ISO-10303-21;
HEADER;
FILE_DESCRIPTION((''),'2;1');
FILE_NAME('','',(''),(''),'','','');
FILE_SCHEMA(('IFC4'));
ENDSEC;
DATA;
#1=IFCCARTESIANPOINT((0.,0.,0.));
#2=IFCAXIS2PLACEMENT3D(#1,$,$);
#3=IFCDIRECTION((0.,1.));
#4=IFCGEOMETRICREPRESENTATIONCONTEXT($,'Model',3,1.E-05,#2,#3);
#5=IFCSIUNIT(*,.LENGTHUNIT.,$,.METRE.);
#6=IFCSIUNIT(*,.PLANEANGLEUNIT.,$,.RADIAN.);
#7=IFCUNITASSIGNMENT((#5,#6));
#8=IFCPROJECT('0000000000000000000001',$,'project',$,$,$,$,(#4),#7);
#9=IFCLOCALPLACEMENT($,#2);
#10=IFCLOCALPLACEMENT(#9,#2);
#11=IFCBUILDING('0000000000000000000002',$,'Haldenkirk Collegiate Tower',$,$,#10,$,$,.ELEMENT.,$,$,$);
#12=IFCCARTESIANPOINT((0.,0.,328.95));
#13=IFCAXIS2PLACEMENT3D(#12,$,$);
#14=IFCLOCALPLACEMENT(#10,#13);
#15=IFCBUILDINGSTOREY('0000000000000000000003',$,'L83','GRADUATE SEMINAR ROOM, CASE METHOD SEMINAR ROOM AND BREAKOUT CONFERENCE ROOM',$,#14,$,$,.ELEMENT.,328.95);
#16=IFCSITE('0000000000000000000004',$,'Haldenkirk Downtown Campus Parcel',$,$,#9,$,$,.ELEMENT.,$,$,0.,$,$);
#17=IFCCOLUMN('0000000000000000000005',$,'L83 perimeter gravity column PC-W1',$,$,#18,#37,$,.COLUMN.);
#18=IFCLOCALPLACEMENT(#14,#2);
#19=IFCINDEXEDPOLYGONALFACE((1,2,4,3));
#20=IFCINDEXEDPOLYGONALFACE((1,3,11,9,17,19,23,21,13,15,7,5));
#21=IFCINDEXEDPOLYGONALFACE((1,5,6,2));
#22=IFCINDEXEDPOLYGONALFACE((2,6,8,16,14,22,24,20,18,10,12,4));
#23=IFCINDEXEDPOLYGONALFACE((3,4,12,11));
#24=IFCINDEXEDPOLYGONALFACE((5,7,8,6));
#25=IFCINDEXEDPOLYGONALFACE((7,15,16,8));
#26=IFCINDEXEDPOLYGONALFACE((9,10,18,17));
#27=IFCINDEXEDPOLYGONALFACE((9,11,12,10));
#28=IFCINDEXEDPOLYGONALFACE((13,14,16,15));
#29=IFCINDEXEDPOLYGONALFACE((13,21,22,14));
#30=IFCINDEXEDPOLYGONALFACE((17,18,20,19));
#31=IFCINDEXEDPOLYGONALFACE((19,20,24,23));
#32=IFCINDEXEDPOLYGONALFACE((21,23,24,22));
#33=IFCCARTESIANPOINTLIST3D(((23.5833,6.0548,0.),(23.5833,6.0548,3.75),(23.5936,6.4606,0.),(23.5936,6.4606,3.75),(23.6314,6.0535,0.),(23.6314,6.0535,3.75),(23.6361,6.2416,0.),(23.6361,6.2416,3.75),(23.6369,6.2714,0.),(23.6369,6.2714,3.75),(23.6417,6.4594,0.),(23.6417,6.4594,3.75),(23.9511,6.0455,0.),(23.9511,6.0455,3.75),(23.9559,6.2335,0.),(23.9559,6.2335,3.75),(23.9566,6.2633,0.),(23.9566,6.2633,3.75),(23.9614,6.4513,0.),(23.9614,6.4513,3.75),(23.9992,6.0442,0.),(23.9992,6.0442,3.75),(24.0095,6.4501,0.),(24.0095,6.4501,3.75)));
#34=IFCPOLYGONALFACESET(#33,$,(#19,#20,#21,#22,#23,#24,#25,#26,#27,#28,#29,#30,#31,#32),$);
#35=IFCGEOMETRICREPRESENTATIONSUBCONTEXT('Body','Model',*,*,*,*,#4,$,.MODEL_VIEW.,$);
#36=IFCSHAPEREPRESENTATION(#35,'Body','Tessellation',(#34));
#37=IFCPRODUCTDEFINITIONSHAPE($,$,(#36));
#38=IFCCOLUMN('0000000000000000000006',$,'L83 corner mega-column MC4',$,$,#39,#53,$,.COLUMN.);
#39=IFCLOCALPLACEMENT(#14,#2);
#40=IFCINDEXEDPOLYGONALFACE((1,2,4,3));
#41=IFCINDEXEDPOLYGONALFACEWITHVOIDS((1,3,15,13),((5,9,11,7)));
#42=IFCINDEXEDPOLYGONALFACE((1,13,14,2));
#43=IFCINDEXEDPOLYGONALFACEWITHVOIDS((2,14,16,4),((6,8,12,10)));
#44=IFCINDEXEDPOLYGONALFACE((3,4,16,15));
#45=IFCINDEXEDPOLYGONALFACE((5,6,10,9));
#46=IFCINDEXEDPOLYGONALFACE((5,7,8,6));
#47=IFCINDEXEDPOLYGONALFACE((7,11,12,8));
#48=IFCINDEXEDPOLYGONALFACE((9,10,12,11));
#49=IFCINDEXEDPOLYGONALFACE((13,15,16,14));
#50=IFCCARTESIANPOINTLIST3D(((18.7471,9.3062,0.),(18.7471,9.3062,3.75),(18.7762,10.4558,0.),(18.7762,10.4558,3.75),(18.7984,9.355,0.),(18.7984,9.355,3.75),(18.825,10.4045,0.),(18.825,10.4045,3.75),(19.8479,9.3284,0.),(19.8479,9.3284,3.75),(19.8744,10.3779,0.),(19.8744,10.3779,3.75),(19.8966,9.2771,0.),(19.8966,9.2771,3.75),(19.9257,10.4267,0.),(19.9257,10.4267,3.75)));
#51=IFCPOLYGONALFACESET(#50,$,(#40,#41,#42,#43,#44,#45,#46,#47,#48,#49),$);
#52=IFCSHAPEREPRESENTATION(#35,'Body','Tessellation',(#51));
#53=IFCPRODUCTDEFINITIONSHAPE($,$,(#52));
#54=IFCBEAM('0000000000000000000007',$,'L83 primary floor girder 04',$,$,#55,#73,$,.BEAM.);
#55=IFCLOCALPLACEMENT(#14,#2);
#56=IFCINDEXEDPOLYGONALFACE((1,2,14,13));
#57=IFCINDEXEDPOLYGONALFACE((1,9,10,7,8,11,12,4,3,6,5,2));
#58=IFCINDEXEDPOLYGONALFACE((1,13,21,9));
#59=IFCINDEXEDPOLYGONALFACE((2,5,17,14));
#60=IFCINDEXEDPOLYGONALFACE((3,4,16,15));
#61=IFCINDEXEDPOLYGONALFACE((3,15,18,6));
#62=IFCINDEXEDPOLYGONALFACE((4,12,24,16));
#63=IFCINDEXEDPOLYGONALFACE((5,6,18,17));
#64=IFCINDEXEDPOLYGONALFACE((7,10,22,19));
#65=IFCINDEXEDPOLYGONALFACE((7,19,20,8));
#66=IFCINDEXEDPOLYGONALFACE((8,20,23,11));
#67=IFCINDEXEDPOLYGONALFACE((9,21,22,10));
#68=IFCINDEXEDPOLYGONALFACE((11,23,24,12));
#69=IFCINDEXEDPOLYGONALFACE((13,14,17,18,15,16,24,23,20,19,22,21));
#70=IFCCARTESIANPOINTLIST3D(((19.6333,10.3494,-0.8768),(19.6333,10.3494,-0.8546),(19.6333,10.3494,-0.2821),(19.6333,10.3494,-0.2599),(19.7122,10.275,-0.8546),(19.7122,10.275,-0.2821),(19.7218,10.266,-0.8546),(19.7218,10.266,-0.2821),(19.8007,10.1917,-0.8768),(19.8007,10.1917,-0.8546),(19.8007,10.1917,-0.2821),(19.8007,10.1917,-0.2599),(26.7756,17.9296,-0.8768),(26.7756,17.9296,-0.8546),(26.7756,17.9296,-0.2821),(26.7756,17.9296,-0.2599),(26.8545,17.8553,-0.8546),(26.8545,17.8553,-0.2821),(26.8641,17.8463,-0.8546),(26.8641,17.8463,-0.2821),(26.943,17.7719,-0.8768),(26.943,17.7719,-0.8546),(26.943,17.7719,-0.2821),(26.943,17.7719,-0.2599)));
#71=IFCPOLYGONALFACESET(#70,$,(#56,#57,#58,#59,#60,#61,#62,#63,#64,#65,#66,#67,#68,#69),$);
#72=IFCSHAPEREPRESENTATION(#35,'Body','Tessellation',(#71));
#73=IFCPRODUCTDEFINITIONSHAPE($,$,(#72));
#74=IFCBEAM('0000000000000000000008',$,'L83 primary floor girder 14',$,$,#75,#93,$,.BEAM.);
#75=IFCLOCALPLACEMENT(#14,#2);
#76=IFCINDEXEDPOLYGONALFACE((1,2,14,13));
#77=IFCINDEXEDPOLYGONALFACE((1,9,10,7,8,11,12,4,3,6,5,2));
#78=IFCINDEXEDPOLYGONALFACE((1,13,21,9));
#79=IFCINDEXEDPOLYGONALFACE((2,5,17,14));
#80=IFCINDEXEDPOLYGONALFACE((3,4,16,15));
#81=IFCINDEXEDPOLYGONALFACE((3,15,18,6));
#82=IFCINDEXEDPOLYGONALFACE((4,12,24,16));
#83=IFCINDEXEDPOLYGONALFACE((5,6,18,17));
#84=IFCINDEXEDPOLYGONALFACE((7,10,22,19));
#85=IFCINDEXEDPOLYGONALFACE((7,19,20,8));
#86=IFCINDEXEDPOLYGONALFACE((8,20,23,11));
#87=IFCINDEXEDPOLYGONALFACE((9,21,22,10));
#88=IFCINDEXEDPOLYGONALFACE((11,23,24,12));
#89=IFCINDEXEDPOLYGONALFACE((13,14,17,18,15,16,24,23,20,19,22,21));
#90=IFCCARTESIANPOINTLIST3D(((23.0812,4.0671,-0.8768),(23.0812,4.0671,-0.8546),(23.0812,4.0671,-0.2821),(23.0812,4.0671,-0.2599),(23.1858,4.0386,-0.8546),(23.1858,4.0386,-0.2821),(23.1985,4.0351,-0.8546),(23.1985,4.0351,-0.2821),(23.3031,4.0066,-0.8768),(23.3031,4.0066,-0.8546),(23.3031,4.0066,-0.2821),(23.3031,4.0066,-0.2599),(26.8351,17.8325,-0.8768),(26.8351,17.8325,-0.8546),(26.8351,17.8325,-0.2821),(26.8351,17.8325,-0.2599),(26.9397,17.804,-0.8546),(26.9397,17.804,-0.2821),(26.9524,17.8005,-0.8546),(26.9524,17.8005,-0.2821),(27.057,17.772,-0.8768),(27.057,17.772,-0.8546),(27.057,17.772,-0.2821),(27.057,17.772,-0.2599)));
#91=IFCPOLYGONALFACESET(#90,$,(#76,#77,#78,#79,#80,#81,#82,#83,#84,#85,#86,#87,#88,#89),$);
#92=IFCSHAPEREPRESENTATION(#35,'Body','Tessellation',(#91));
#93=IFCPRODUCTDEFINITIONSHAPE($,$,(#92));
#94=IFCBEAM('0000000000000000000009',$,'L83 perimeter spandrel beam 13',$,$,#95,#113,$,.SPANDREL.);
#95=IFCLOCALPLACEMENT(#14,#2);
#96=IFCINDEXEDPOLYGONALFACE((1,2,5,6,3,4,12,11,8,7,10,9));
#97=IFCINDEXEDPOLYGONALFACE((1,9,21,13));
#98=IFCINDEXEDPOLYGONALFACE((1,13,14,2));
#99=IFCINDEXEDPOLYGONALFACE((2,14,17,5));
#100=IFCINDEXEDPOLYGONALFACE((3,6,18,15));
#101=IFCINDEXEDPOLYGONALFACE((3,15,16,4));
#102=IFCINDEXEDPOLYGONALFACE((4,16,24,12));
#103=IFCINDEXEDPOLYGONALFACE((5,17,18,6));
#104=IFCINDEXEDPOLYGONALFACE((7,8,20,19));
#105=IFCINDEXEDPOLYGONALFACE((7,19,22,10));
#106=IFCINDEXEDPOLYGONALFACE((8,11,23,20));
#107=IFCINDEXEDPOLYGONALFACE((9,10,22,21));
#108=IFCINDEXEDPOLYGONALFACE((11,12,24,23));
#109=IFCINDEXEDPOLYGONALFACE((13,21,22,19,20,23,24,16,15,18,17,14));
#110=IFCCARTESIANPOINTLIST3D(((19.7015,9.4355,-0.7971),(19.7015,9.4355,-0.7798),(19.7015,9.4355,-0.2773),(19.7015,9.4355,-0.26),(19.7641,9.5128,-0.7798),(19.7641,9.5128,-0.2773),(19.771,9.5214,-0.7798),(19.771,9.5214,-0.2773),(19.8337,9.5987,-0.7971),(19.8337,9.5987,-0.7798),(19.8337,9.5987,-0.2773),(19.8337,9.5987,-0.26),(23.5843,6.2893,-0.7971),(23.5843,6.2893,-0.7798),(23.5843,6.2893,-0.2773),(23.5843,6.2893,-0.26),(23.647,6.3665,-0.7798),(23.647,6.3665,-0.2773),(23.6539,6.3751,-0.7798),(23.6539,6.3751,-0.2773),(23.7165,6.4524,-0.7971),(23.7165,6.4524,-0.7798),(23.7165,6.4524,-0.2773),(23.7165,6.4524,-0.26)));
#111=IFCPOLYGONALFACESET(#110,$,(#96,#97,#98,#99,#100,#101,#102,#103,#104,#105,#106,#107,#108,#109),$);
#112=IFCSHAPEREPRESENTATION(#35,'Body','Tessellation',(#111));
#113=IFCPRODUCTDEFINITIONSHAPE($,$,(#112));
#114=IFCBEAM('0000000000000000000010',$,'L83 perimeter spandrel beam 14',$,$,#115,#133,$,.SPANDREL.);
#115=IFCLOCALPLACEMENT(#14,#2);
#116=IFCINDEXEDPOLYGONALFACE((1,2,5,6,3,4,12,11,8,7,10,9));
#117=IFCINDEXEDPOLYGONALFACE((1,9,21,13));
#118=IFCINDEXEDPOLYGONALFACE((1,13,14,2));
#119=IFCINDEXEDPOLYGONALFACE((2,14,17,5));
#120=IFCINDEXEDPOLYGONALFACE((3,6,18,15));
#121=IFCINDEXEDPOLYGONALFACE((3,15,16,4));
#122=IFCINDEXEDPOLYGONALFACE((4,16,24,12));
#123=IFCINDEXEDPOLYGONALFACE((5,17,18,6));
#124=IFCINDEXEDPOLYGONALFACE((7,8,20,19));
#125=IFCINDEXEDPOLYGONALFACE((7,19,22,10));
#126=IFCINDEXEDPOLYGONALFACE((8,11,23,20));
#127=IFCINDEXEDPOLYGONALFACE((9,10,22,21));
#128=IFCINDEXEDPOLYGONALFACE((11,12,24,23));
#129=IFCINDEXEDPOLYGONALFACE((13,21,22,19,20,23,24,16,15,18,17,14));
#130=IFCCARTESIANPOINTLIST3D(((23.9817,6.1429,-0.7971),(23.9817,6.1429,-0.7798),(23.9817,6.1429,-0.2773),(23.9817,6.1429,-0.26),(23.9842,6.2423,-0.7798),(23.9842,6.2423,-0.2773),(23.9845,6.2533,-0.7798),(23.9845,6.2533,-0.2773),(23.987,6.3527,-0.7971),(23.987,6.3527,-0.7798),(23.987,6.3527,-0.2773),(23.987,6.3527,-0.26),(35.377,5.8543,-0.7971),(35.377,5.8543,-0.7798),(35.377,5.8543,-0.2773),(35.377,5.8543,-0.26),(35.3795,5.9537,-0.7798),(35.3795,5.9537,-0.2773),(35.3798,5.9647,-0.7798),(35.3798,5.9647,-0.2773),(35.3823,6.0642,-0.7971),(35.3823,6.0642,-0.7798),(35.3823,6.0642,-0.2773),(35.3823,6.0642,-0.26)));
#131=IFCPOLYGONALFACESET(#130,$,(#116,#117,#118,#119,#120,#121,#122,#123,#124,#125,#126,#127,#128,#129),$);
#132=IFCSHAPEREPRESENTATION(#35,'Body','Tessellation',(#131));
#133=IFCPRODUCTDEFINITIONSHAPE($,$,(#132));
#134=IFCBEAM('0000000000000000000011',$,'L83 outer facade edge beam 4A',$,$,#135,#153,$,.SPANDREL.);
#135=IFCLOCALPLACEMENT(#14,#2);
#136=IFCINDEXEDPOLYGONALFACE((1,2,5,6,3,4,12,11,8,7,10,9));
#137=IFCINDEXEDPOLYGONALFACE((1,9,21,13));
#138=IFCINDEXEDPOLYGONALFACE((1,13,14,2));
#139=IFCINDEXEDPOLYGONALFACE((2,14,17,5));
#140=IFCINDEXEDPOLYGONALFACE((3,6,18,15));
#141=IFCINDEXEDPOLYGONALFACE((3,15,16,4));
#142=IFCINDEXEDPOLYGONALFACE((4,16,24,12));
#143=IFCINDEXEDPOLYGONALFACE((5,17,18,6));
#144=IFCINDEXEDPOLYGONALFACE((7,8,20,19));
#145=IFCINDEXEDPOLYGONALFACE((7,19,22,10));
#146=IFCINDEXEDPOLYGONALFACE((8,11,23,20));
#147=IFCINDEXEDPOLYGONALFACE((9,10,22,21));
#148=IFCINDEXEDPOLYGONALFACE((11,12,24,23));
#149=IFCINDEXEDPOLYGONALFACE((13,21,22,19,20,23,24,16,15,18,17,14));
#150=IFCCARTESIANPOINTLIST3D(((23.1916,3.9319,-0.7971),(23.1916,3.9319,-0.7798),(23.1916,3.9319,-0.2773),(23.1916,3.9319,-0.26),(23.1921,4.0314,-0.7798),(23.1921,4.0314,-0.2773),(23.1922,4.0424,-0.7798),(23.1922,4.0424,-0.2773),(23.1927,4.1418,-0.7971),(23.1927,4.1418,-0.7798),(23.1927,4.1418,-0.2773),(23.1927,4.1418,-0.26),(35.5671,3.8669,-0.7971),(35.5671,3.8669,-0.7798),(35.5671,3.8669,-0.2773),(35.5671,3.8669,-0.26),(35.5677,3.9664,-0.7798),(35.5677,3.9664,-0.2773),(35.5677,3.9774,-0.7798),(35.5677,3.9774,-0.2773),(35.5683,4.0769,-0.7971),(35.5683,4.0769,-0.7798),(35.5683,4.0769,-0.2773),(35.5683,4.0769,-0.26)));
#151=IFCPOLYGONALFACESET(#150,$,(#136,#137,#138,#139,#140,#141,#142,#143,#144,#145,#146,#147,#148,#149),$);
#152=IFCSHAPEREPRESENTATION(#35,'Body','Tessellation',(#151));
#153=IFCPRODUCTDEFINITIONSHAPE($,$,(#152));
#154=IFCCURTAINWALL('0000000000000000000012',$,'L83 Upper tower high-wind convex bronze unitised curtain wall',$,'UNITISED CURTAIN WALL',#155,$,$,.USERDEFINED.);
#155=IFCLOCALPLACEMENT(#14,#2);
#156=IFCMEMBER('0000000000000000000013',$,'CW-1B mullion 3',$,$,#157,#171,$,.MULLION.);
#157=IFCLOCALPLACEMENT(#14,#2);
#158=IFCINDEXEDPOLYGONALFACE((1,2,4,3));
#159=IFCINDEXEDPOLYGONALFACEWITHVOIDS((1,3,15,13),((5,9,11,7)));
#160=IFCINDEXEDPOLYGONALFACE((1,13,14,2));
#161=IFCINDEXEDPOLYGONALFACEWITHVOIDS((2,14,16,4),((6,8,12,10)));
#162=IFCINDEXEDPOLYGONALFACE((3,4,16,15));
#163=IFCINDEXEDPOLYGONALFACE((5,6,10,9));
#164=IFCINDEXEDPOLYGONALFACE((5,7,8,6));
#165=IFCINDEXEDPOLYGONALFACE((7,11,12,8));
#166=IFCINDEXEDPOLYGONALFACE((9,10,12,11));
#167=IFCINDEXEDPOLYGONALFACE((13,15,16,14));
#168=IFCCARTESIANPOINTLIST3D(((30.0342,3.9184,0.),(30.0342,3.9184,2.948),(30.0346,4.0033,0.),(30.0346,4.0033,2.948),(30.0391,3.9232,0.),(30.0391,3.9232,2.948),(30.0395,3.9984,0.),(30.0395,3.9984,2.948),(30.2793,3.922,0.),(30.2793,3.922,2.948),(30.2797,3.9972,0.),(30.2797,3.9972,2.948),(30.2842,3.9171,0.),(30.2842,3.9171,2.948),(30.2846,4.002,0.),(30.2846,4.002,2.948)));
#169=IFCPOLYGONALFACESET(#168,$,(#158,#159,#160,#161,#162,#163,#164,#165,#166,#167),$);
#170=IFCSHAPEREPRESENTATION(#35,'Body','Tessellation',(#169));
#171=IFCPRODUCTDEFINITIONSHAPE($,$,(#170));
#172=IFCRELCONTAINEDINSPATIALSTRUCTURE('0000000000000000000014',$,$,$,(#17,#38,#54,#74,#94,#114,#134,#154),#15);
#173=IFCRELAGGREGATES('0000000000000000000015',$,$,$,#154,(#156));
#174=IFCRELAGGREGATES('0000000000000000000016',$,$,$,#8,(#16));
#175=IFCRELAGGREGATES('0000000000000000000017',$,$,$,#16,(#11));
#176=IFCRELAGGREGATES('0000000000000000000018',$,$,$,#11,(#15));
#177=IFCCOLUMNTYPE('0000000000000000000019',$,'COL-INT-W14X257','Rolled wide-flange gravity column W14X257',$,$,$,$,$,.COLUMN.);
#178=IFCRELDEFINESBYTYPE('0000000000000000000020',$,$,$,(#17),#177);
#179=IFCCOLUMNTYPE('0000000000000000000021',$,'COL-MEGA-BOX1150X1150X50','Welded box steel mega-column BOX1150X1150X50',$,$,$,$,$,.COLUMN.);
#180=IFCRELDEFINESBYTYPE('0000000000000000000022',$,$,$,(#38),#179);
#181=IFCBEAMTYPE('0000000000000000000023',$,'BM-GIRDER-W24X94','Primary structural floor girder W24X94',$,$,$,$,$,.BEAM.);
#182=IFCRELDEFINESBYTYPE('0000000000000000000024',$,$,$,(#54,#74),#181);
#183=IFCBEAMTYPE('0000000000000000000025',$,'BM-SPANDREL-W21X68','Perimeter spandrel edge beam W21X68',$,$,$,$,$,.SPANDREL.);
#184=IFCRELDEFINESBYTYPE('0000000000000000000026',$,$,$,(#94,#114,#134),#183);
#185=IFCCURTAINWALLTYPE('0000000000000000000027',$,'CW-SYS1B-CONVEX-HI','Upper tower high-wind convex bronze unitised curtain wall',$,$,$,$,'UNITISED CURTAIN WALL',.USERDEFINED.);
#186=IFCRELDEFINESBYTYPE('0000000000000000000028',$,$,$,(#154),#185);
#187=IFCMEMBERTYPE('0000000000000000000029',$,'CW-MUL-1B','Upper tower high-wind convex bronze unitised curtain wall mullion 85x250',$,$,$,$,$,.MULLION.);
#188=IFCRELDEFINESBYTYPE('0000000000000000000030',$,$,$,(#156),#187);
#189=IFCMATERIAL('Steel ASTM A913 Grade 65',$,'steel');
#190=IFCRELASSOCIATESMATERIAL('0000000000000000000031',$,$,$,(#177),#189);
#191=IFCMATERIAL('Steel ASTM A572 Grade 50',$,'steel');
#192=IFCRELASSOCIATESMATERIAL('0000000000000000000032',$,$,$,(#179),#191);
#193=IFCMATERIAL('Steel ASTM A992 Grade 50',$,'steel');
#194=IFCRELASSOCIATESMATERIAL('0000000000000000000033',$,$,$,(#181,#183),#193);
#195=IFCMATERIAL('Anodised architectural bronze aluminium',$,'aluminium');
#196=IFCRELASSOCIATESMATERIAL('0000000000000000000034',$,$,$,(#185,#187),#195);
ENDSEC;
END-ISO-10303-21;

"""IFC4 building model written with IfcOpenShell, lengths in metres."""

from ifc_helpers import new_model, si_unit, direction, frame, origin, origin_2d, place, context, subcontext, project, spatial, hollow_rectangle, i_section, extrude, material, material_profile, profile_set, type_object, element, aggregate, save


model = new_model("IFC4")

# Units and contexts
model_context = context("Model", 3, precision=1e-05, world=origin(), true_north=direction((0.0, 1.0)))
body_context = subcontext(model_context, "Body", "Model", "MODEL_VIEW")
ifc_project = project(units=[si_unit("LENGTHUNIT", "METRE"), si_unit("PLANEANGLEUNIT", "RADIAN")], contexts=[model_context])

# Site, building, storey
site_placement = place(None, origin())
site = spatial("IfcSite", under=ifc_project, at=site_placement, Name="Haldenkirk Downtown Campus Parcel", CompositionType="ELEMENT", RefElevation=0.0)
building_placement = place(site_placement, origin())
building = spatial("IfcBuilding", under=site, at=building_placement, Name="Haldenkirk Collegiate Tower", CompositionType="ELEMENT")
storey_placement = place(building_placement, frame((0.0, 0.0, 328.95)))
storey = spatial("IfcBuildingStorey", under=building, at=storey_placement, Name="L83", Description="GRADUATE SEMINAR ROOM, CASE METHOD SEMINAR ROOM AND BREAKOUT CONFERENCE ROOM", CompositionType="ELEMENT", Elevation=328.95)

# Columns
ifc_material_1 = material(Name="Steel ASTM A913 Grade 65", Category="steel")
ifc_material_profile_1 = material_profile(ifc_material_1, i_section(OverallWidth=0.406, OverallDepth=0.416, WebThickness=0.0298, FlangeThickness=0.0481, at=origin_2d()), Name="W14X257")
ifc_profile_set_1 = profile_set([ifc_material_profile_1], Name="Steel ASTM A913 Grade 65")
column_type_1 = type_object("IfcColumnType", Name="COL-INT-W14X257", Description="Rolled wide-flange gravity column W14X257", PredefinedType="COLUMN", material=ifc_profile_set_1)
column_1_placement = place(storey_placement, frame((23.7964, 6.2524, 0.0), z_axis=(0.0, 0.0, 1.0), x_axis=(0.025305, 0.99968, 0.0)))
element("IfcColumn", 1, at=column_1_placement, inside=storey, type_object=column_type_1, Name="L83 perimeter gravity column PC-W1", PredefinedType="COLUMN", context=body_context, shape_type="SweptSolid", body=[
    extrude(i_section(OverallWidth=0.406, OverallDepth=0.416, WebThickness=0.0298, FlangeThickness=0.0481, at=origin_2d()), origin(), (0.0, 0.0, 1.0), 3.75),
])
ifc_material_2 = material(Name="Steel ASTM A572 Grade 50", Category="steel")
ifc_material_profile_2 = material_profile(ifc_material_2, hollow_rectangle(XDim=1.1499, YDim=1.1499, WallThickness=0.05, at=origin_2d()), Name="BOX1150X1150X50")
ifc_profile_set_2 = profile_set([ifc_material_profile_2], Name="Steel ASTM A572 Grade 50")
column_type_2 = type_object("IfcColumnType", Name="COL-MEGA-BOX1150X1150X50", Description="Welded box steel mega-column BOX1150X1150X50", PredefinedType="COLUMN", material=ifc_profile_set_2)
column_2_placement = place(storey_placement, frame((19.3364, 9.8665, 0.0), z_axis=(0.0, 0.0, 1.0), x_axis=(0.025305, 0.99968, 0.0)))
element("IfcColumn", 2, at=column_2_placement, inside=storey, type_object=column_type_2, Name="L83 corner mega-column MC4", PredefinedType="COLUMN", context=body_context, shape_type="SweptSolid", body=[
    extrude(hollow_rectangle(XDim=1.1499, YDim=1.1499, WallThickness=0.05, at=origin_2d()), origin(), (0.0, 0.0, 1.0), 3.75),
])

# Beams
ifc_material_3 = material(Name="Steel ASTM A992 Grade 50", Category="steel")
ifc_material_profile_3 = material_profile(ifc_material_3, i_section(OverallWidth=0.23, OverallDepth=0.6169, WebThickness=0.0132, FlangeThickness=0.0222, at=origin_2d()), Name="W24X94")
ifc_profile_set_3 = profile_set([ifc_material_profile_3], Name="Steel ASTM A992 Grade 50")
beam_type_1 = type_object("IfcBeamType", Name="BM-GIRDER-W24X94", Description="Primary structural floor girder W24X94", PredefinedType="BEAM", material=ifc_profile_set_3)
beam_1_placement = place(storey_placement, frame((19.717, 10.2705, -0.5684), z_axis=(0.685767, 0.727821, 0.0), x_axis=(-0.727821, 0.685767, 0.0)))
element("IfcBeam", 3, at=beam_1_placement, inside=storey, type_object=beam_type_1, Name="L83 primary floor girder 04", PredefinedType="BEAM", context=body_context, shape_type="SweptSolid", body=[
    extrude(i_section(OverallWidth=0.23, OverallDepth=0.6169, WebThickness=0.0132, FlangeThickness=0.0222, at=origin_2d()), origin(), (0.0, 0.0, 1.0), 10.415),
])
beam_2_placement = place(storey_placement, frame((23.1921, 4.0369, -0.5684), z_axis=(0.263099, 0.964769, 0.0), x_axis=(-0.964769, 0.263099, 0.0)))
element("IfcBeam", 4, at=beam_2_placement, inside=storey, type_object=beam_type_1, Name="L83 primary floor girder 14", PredefinedType="BEAM", context=body_context, shape_type="SweptSolid", body=[
    extrude(i_section(OverallWidth=0.23, OverallDepth=0.6169, WebThickness=0.0132, FlangeThickness=0.0222, at=origin_2d()), origin(), (0.0, 0.0, 1.0), 14.2681),
])
ifc_material_profile_4 = material_profile(ifc_material_3, i_section(OverallWidth=0.21, OverallDepth=0.5371, WebThickness=0.011, FlangeThickness=0.0173, at=origin_2d()), Name="W21X68")
ifc_profile_set_4 = profile_set([ifc_material_profile_4], Name="Steel ASTM A992 Grade 50")
beam_type_2 = type_object("IfcBeamType", Name="BM-SPANDREL-W21X68", Description="Perimeter spandrel edge beam W21X68", PredefinedType="SPANDREL", material=ifc_profile_set_4)
beam_3_placement = place(storey_placement, frame((19.7676, 9.5171, -0.5286), z_axis=(0.77695, -0.629562, 0.0), x_axis=(0.629562, 0.77695, 0.0)))
element("IfcBeam", 5, at=beam_3_placement, inside=storey, type_object=beam_type_2, Name="L83 perimeter spandrel beam 13", PredefinedType="SPANDREL", context=body_context, shape_type="SweptSolid", body=[
    extrude(i_section(OverallWidth=0.21, OverallDepth=0.5371, WebThickness=0.011, FlangeThickness=0.0173, at=origin_2d()), origin(), (0.0, 0.0, 1.0), 4.9976),
])
beam_4_placement = place(storey_placement, frame((23.9844, 6.2478, -0.5286), z_axis=(0.99968, -0.025316, 0.0), x_axis=(0.025316, 0.99968, 0.0)))
element("IfcBeam", 6, at=beam_4_placement, inside=storey, type_object=beam_type_2, Name="L83 perimeter spandrel beam 14", PredefinedType="SPANDREL", context=body_context, shape_type="SweptSolid", body=[
    extrude(i_section(OverallWidth=0.21, OverallDepth=0.5371, WebThickness=0.011, FlangeThickness=0.0173, at=origin_2d()), origin(), (0.0, 0.0, 1.0), 11.3989),
])
beam_5_placement = place(storey_placement, frame((23.1921, 4.0369, -0.5286), z_axis=(0.999986, -0.005248, 0.0), x_axis=(0.005248, 0.999986, 0.0)))
element("IfcBeam", 7, at=beam_5_placement, inside=storey, type_object=beam_type_2, Name="L83 outer facade edge beam 4A", PredefinedType="SPANDREL", context=body_context, shape_type="SweptSolid", body=[
    extrude(i_section(OverallWidth=0.21, OverallDepth=0.5371, WebThickness=0.011, FlangeThickness=0.0173, at=origin_2d()), origin(), (0.0, 0.0, 1.0), 12.3757),
])

# Curtain wall, member
ifc_material_4 = material(Name="Anodised architectural bronze aluminium", Category="aluminium")
curtain_wall_type = type_object("IfcCurtainWallType", Name="CW-SYS1B-CONVEX-HI", Description="Upper tower high-wind convex bronze unitised curtain wall", ElementType="UNITISED CURTAIN WALL", PredefinedType="USERDEFINED", material=ifc_material_4)
curtain_wall_placement = place(storey_placement, origin())
curtain_wall = element("IfcCurtainWall", 8, at=curtain_wall_placement, inside=storey, type_object=curtain_wall_type, Name="L83 Upper tower high-wind convex bronze unitised curtain wall", ObjectType="UNITISED CURTAIN WALL", PredefinedType="USERDEFINED")
ifc_material_profile_5 = material_profile(ifc_material_4, hollow_rectangle(XDim=0.085, YDim=0.25, WallThickness=0.0049, at=origin_2d()), Name="CW-MUL-1B")
ifc_profile_set_5 = profile_set([ifc_material_profile_5], Name="Anodised architectural bronze aluminium")
member_type_1 = type_object("IfcMemberType", Name="CW-MUL-1B", Description="Upper tower high-wind convex bronze unitised curtain wall mullion 85x250", PredefinedType="MULLION", material=ifc_profile_set_5)
member_1_placement = place(storey_placement, frame((30.1594, 3.9602, 0.0), z_axis=(0.0, 0.0, 1.0), x_axis=(-0.005239, -0.999986, 0.0)))
member_1 = element("IfcMember", 9, at=member_1_placement, type_object=member_type_1, Name="CW-1B mullion 3", PredefinedType="MULLION", context=body_context, shape_type="SweptSolid", body=[
    extrude(hollow_rectangle(XDim=0.085, YDim=0.25, WallThickness=0.0049, at=origin_2d()), origin(), (0.0, 0.0, 1.0), 2.948),
])
aggregate(curtain_wall, [member_1])

save(model, "model.ifc")
